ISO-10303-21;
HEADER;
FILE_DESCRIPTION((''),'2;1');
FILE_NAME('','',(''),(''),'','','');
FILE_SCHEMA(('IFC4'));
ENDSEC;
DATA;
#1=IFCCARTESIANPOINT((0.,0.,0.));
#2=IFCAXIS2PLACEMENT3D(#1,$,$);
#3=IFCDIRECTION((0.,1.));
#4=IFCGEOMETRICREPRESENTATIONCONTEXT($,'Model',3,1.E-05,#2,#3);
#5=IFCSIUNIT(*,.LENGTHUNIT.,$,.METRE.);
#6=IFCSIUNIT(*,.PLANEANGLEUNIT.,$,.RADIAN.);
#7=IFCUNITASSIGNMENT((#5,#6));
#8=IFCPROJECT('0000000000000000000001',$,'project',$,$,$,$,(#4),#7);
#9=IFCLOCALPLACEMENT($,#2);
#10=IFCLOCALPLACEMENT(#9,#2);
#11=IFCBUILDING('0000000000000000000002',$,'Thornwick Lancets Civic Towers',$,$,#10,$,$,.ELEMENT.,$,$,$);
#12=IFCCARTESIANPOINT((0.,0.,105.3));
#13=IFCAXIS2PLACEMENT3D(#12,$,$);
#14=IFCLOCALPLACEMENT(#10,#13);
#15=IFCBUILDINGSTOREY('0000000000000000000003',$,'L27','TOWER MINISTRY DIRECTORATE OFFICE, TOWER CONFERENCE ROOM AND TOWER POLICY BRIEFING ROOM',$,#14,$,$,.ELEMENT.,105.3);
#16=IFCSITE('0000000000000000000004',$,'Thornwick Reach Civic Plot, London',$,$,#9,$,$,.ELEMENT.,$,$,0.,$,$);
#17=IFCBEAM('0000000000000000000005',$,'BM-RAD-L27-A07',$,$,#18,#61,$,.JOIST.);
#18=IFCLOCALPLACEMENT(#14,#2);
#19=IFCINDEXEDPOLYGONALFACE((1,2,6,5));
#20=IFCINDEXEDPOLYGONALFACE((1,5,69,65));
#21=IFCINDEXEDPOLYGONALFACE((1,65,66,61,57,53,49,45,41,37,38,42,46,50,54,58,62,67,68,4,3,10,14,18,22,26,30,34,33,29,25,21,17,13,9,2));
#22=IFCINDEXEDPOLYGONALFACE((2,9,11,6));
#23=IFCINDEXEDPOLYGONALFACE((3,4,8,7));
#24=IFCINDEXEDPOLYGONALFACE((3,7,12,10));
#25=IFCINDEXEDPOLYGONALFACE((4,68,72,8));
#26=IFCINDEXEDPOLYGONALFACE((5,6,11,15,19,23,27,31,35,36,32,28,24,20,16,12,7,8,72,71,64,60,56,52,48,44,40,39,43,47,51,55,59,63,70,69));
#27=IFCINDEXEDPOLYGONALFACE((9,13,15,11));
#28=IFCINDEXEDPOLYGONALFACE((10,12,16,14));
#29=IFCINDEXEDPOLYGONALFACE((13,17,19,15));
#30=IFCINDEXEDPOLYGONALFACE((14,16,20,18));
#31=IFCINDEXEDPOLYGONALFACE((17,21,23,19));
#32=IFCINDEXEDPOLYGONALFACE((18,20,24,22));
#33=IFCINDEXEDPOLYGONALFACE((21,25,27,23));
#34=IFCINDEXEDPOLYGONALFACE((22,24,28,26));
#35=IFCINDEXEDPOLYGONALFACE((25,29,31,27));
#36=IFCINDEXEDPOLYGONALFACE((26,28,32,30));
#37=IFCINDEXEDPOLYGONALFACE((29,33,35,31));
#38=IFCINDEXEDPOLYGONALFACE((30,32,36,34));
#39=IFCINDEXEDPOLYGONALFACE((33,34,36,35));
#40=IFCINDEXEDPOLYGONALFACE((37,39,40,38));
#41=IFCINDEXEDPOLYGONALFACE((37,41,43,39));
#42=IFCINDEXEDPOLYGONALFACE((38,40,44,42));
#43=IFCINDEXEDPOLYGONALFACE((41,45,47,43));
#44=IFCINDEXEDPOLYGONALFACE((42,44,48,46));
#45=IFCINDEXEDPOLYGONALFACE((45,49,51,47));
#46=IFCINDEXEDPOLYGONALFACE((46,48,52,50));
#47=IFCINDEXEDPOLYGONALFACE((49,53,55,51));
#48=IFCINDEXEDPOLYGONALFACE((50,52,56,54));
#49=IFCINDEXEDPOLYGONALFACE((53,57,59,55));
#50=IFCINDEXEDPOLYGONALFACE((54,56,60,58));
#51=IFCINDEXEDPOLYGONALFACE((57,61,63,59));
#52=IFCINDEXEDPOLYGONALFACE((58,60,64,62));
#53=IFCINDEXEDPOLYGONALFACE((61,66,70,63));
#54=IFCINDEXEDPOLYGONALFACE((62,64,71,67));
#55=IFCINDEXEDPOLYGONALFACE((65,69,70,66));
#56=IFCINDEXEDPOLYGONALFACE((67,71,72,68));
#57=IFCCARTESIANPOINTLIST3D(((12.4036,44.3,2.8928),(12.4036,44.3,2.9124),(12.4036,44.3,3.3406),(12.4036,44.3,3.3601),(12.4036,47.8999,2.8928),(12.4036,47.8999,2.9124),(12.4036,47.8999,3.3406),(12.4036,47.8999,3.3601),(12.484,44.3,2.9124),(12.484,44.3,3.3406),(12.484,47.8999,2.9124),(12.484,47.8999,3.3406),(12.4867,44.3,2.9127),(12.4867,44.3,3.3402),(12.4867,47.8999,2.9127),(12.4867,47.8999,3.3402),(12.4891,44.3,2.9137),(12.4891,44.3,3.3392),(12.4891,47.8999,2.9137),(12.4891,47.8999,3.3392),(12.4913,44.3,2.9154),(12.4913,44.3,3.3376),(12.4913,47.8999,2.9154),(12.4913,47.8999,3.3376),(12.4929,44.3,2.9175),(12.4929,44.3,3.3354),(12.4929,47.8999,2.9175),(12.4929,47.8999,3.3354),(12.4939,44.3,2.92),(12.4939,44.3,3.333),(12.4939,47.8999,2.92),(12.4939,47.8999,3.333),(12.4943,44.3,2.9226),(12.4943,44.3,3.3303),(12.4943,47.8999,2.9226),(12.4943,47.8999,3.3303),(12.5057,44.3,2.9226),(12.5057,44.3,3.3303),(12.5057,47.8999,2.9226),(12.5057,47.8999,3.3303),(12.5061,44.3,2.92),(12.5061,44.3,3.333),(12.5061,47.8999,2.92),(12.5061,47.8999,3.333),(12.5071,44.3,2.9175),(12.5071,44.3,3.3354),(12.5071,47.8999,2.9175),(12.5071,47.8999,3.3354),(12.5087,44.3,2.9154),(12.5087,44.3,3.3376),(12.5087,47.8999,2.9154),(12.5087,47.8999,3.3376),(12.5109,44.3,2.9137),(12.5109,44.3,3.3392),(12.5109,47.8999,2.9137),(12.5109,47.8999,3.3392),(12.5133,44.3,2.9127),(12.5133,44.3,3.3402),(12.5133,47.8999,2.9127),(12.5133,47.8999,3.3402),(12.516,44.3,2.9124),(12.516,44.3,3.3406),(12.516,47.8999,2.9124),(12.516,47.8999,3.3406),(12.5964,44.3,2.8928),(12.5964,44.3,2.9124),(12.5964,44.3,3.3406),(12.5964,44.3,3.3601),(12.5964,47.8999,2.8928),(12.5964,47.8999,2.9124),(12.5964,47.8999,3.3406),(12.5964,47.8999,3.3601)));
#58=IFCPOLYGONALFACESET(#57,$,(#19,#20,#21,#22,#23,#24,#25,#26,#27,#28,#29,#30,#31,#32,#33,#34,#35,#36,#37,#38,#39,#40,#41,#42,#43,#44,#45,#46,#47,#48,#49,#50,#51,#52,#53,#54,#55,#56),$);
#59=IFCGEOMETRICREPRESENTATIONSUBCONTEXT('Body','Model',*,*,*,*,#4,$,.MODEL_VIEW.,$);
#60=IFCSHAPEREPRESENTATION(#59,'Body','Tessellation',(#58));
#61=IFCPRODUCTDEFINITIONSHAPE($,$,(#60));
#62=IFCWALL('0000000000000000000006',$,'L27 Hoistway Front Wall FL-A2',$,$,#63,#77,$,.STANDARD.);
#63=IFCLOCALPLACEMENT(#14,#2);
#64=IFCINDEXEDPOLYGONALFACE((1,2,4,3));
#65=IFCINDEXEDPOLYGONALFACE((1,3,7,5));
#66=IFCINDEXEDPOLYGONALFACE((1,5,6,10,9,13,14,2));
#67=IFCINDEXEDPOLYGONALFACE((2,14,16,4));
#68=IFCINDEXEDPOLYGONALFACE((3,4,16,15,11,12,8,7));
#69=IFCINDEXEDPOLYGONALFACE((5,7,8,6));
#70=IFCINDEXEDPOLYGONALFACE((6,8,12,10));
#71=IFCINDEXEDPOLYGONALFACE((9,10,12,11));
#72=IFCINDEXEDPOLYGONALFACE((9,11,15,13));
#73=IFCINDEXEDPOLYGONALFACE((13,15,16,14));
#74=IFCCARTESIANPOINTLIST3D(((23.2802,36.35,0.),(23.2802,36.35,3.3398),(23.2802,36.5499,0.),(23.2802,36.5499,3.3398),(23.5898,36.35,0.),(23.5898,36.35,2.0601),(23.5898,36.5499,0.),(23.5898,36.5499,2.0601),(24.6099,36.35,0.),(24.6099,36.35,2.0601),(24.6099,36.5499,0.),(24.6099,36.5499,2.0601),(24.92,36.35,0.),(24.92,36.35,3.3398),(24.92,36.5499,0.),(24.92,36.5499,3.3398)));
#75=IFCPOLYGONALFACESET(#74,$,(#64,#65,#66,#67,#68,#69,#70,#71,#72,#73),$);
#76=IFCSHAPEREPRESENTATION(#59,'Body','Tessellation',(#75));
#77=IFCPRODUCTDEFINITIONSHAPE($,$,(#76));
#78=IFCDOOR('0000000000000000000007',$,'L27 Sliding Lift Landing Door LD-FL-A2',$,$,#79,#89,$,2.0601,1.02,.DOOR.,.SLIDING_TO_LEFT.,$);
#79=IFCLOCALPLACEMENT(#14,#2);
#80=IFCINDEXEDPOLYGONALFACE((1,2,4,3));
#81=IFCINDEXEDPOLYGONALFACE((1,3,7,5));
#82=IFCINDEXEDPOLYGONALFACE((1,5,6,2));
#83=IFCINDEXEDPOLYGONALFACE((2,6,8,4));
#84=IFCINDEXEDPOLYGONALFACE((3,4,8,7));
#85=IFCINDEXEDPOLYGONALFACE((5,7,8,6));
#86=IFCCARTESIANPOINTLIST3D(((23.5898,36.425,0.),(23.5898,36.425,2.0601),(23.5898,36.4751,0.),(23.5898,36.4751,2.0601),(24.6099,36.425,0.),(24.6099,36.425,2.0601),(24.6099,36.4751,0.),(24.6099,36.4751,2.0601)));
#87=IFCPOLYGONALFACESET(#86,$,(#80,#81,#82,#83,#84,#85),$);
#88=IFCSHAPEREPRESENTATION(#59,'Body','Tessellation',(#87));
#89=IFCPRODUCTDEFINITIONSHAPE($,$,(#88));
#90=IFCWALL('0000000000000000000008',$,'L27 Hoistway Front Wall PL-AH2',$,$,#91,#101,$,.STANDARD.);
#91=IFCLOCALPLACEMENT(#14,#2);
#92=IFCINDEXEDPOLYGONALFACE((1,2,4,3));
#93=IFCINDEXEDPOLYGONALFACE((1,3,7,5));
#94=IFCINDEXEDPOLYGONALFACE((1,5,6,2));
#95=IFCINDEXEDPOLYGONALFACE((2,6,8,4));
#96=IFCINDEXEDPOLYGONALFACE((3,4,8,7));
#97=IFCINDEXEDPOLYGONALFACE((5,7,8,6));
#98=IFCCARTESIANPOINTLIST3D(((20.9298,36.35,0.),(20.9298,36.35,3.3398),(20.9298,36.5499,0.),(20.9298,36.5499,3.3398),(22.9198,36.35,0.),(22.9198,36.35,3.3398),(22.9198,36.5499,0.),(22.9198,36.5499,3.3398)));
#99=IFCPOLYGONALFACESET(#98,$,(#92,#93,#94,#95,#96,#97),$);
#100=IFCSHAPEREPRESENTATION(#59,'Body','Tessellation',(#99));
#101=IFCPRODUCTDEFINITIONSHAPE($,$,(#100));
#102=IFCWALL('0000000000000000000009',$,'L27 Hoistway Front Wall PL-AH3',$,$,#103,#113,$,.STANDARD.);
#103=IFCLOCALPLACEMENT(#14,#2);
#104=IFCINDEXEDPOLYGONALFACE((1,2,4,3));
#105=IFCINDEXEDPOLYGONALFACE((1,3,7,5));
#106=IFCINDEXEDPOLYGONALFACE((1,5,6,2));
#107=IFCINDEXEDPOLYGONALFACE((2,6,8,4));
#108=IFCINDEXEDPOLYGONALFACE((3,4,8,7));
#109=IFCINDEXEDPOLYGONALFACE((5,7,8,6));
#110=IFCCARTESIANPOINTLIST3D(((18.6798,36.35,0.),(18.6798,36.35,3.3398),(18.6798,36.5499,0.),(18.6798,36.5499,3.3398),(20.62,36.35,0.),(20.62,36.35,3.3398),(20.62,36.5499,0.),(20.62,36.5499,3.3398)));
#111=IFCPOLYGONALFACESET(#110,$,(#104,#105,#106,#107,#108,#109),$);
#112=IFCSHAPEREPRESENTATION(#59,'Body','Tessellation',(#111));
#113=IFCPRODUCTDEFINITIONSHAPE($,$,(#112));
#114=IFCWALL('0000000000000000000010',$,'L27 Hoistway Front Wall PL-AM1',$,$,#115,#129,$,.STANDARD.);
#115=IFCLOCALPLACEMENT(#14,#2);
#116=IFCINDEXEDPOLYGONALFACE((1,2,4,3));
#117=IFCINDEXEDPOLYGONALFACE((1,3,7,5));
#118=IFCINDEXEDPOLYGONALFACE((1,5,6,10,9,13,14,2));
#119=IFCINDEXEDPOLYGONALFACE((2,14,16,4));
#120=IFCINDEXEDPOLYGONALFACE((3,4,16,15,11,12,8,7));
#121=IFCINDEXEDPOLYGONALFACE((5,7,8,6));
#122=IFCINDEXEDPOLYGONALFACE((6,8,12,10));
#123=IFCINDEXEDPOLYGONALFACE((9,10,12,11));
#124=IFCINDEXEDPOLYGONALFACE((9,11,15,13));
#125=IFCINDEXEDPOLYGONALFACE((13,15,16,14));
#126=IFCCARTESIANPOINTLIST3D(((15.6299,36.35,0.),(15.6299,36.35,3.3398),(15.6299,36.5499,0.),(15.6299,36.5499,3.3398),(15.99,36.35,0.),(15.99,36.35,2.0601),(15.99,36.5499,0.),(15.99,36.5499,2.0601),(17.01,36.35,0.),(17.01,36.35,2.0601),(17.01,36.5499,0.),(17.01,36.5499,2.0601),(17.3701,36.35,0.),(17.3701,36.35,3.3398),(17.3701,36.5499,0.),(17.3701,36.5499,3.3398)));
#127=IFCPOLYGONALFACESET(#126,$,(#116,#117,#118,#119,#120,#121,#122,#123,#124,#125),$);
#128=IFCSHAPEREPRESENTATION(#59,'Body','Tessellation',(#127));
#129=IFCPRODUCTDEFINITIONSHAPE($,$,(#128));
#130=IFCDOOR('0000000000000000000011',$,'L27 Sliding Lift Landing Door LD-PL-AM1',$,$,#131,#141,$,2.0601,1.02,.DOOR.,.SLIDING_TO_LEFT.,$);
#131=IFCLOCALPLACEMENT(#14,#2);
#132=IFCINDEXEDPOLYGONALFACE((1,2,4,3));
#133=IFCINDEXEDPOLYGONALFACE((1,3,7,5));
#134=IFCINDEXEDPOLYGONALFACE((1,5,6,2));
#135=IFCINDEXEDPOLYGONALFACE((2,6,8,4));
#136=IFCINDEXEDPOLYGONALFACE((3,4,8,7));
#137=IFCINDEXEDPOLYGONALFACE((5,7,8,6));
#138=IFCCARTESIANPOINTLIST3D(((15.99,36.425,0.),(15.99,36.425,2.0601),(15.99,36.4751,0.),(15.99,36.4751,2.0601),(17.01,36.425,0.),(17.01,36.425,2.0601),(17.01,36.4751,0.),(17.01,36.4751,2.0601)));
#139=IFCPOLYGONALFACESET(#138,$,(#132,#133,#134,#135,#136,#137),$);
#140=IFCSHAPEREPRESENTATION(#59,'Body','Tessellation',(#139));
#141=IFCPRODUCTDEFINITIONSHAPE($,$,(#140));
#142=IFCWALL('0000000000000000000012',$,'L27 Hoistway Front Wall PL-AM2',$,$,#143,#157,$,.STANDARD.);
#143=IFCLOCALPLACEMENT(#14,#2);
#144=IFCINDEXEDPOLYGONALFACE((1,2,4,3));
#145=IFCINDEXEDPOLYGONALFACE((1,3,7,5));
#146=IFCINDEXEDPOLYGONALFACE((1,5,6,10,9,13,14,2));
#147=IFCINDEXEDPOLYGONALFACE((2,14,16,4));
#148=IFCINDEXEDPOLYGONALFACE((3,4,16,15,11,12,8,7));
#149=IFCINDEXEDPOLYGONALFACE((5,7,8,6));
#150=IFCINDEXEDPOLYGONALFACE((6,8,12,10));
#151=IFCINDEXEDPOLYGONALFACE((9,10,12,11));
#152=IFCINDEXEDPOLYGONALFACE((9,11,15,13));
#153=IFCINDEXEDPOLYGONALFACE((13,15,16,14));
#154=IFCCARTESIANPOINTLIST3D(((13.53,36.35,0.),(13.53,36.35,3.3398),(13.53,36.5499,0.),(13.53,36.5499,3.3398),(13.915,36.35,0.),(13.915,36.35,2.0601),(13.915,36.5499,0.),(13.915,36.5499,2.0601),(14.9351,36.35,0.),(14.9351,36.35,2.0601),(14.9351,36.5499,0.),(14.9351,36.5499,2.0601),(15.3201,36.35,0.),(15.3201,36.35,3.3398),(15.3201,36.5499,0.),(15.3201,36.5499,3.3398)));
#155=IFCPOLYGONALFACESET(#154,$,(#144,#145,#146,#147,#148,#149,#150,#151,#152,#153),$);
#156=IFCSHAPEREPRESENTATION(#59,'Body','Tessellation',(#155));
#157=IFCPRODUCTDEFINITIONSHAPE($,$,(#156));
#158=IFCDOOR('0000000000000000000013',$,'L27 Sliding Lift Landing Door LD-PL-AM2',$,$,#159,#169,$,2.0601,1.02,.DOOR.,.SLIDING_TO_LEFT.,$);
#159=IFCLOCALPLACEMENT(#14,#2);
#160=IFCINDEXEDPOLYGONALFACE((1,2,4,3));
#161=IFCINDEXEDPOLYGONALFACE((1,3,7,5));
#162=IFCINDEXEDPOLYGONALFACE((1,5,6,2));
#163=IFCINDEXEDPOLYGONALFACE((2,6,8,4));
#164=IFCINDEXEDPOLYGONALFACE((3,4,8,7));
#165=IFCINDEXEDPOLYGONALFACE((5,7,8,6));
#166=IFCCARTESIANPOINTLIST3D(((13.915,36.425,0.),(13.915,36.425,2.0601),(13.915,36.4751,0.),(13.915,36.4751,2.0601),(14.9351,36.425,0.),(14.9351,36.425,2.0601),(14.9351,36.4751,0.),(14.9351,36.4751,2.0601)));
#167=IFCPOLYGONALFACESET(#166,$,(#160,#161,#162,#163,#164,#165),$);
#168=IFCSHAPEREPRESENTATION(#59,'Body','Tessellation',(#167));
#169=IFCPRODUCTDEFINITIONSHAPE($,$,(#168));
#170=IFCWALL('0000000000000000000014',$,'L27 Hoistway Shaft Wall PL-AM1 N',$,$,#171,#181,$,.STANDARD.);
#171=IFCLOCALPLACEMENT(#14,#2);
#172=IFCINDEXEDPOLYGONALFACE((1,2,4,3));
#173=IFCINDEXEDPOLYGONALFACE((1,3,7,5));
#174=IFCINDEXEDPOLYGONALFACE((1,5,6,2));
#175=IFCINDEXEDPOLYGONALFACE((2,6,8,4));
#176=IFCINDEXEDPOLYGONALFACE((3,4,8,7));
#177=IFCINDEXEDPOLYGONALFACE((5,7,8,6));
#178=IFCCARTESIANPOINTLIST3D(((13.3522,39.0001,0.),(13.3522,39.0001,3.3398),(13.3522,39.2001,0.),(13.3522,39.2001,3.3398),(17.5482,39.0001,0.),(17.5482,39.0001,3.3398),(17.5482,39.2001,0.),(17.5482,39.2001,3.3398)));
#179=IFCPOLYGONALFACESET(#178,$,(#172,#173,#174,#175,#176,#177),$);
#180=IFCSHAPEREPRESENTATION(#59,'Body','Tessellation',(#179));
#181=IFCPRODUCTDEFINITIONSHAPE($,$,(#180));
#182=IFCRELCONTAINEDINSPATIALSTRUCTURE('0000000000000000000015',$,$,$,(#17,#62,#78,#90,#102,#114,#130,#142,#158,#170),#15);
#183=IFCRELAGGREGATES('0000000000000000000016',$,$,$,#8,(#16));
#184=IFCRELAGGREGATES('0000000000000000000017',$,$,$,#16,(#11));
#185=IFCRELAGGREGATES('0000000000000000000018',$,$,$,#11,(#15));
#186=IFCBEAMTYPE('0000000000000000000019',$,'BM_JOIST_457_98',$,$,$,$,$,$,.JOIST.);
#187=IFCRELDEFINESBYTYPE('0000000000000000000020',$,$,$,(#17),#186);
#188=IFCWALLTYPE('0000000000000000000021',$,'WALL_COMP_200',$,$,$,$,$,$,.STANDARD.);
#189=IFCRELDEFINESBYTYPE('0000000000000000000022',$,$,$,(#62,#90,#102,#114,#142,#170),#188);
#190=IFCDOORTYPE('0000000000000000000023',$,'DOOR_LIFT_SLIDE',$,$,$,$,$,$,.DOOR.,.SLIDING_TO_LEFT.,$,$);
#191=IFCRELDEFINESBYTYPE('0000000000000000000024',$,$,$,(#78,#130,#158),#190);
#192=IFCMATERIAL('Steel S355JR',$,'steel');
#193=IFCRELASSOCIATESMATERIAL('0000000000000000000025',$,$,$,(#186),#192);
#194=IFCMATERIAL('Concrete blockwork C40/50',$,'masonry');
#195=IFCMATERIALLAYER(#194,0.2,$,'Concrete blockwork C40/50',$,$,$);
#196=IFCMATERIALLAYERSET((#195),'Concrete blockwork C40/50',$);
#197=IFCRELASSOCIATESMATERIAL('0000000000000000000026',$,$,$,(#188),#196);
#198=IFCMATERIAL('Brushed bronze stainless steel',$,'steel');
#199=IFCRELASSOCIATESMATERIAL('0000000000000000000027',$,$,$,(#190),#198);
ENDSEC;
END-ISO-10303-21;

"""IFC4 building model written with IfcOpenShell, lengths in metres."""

from ifc_helpers import new_model, si_unit, direction, frame, frame_2d, origin, origin_2d, place, context, subcontext, project, spatial, rectangle, i_section, extrude, material, layer, layer_set, material_profile, profile_set, type_object, element, fill, save


model = new_model("IFC4")

# Units and contexts
model_context = context("Model", 3, precision=1e-05, world=origin(), true_north=direction((0.0, 1.0)))
body_context = subcontext(model_context, "Body", "Model", "MODEL_VIEW")
ifc_project = project(units=[si_unit("LENGTHUNIT", "METRE"), si_unit("PLANEANGLEUNIT", "RADIAN")], contexts=[model_context])

# Site, building, storey
site_placement = place(None, origin())
site = spatial("IfcSite", under=ifc_project, at=site_placement, Name="Thornwick Reach Civic Plot, London", CompositionType="ELEMENT", RefElevation=0.0)
building_placement = place(site_placement, origin())
building = spatial("IfcBuilding", under=site, at=building_placement, Name="Thornwick Lancets Civic Towers", CompositionType="ELEMENT")
storey_placement = place(building_placement, frame((0.0, 0.0, 105.3)))
storey = spatial("IfcBuildingStorey", under=building, at=storey_placement, Name="L27", Description="TOWER MINISTRY DIRECTORATE OFFICE, TOWER CONFERENCE ROOM AND TOWER POLICY BRIEFING ROOM", CompositionType="ELEMENT", Elevation=105.3)

# Beam
ifc_material_1 = material(Name="Steel S355JR", Category="steel")
ifc_material_profile_1 = material_profile(ifc_material_1, i_section(OverallWidth=0.1929, OverallDepth=0.4673, WebThickness=0.0115, FlangeThickness=0.0195, FilletRadius=0.0103, at=origin_2d()), Name="UKB 457x191x98")
ifc_profile_set_1 = profile_set([ifc_material_profile_1], Name="Steel S355JR")
beam_type_1 = type_object("IfcBeamType", Name="BM_JOIST_457_98", PredefinedType="JOIST", material=ifc_profile_set_1)
beam_1_placement = place(storey_placement, frame((12.5, 44.3, 3.1265), z_axis=(0.0, 1.0, 0.0), x_axis=(-1.0, 0.0, 0.0)))
element("IfcBeam", 1, at=beam_1_placement, inside=storey, type_object=beam_type_1, Name="BM-RAD-L27-A07", PredefinedType="JOIST", context=body_context, shape_type="SweptSolid", body=[
    extrude(i_section(OverallWidth=0.1929, OverallDepth=0.4673, WebThickness=0.0115, FlangeThickness=0.0195, FilletRadius=0.0103, at=origin_2d()), origin(), (0.0, 0.0, 1.0), 3.5999),
])

# Wall, opening, door
ifc_material_2 = material(Name="Concrete blockwork C40/50", Category="masonry")
ifc_layer_1 = layer(ifc_material_2, 0.2, Name="Concrete blockwork C40/50")
ifc_layer_set_1 = layer_set([ifc_layer_1], Name="Concrete blockwork C40/50")
wall_type_1 = type_object("IfcWallType", Name="WALL_COMP_200", PredefinedType="STANDARD", material=ifc_layer_set_1)
wall_1_placement = place(storey_placement, frame((24.9199, 36.45, 0.0), z_axis=(0.0, 0.0, 1.0), x_axis=(-1.0, 0.0, 0.0)))
wall_1 = element("IfcWall", 2, at=wall_1_placement, inside=storey, type_object=wall_type_1, Name="L27 Hoistway Front Wall FL-A2", PredefinedType="STANDARD", context=body_context, shape_type="SweptSolid", body=[
    extrude(rectangle(XDim=1.6399, YDim=0.2, at=frame_2d((0.8198, 0.0))), origin(), (0.0, 0.0, 1.0), 3.3398),
])
opening_1_placement = place(wall_1_placement, frame((0.3101, 0.0, 0.0)))
opening_1 = element("IfcOpeningElement", 3, at=opening_1_placement, cuts=wall_1, PredefinedType="OPENING", context=body_context, shape_type="SweptSolid", body=[
    extrude(rectangle(XDim=1.02, YDim=2.0601, at=frame_2d((0.51, 1.03))), frame((0.0, 0.1099, 0.0), z_axis=(0.0, -1.0, 0.0), x_axis=(1.0, 0.0, 0.0)), (0.0, 0.0, 1.0), 0.22),
])
ifc_material_3 = material(Name="Brushed bronze stainless steel", Category="steel")
door_type = type_object("IfcDoorType", Name="DOOR_LIFT_SLIDE", OperationType="SLIDING_TO_LEFT", PredefinedType="DOOR", material=ifc_material_3)
door_1_placement = place(opening_1_placement, origin())
door_1 = element("IfcDoor", 4, at=door_1_placement, inside=storey, type_object=door_type, Name="L27 Sliding Lift Landing Door LD-FL-A2", OperationType="SLIDING_TO_LEFT", OverallHeight=2.0601, OverallWidth=1.02, PredefinedType="DOOR", context=body_context, shape_type="SweptSolid", body=[
    extrude(rectangle(XDim=1.02, YDim=2.0601, at=frame_2d((0.51, 1.03))), frame((0.0, 0.0249, 0.0), z_axis=(0.0, -1.0, 0.0), x_axis=(1.0, 0.0, 0.0)), (0.0, 0.0, 1.0), 0.05),
])
fill(opening_1, door_1)

# Walls
wall_2_placement = place(storey_placement, frame((22.9199, 36.45, 0.0), z_axis=(0.0, 0.0, 1.0), x_axis=(-1.0, 0.0, 0.0)))
element("IfcWall", 5, at=wall_2_placement, inside=storey, type_object=wall_type_1, Name="L27 Hoistway Front Wall PL-AH2", PredefinedType="STANDARD", context=body_context, shape_type="SweptSolid", body=[
    extrude(rectangle(XDim=1.99, YDim=0.2, at=frame_2d((0.9951, 0.0))), origin(), (0.0, 0.0, 1.0), 3.3398),
])
wall_3_placement = place(storey_placement, frame((20.6201, 36.45, 0.0), z_axis=(0.0, 0.0, 1.0), x_axis=(-1.0, 0.0, 0.0)))
element("IfcWall", 6, at=wall_3_placement, inside=storey, type_object=wall_type_1, Name="L27 Hoistway Front Wall PL-AH3", PredefinedType="STANDARD", context=body_context, shape_type="SweptSolid", body=[
    extrude(rectangle(XDim=1.9402, YDim=0.2, at=frame_2d((0.9702, 0.0))), origin(), (0.0, 0.0, 1.0), 3.3398),
])

# Walls, openings, doors
wall_4_placement = place(storey_placement, frame((17.3701, 36.45, 0.0), z_axis=(0.0, 0.0, 1.0), x_axis=(-1.0, 0.0, 0.0)))
wall_4 = element("IfcWall", 7, at=wall_4_placement, inside=storey, type_object=wall_type_1, Name="L27 Hoistway Front Wall PL-AM1", PredefinedType="STANDARD", context=body_context, shape_type="SweptSolid", body=[
    extrude(rectangle(XDim=1.7402, YDim=0.2, at=frame_2d((0.8701, 0.0))), origin(), (0.0, 0.0, 1.0), 3.3398),
])
opening_2_placement = place(wall_4_placement, frame((0.3601, 0.0, 0.0)))
opening_2 = element("IfcOpeningElement", 8, at=opening_2_placement, cuts=wall_4, PredefinedType="OPENING", context=body_context, shape_type="SweptSolid", body=[
    extrude(rectangle(XDim=1.02, YDim=2.0601, at=frame_2d((0.51, 1.03))), frame((0.0, 0.1099, 0.0), z_axis=(0.0, -1.0, 0.0), x_axis=(1.0, 0.0, 0.0)), (0.0, 0.0, 1.0), 0.22),
])
door_2_placement = place(opening_2_placement, origin())
door_2 = element("IfcDoor", 9, at=door_2_placement, inside=storey, type_object=door_type, Name="L27 Sliding Lift Landing Door LD-PL-AM1", OperationType="SLIDING_TO_LEFT", OverallHeight=2.0601, OverallWidth=1.02, PredefinedType="DOOR", context=body_context, shape_type="SweptSolid", body=[
    extrude(rectangle(XDim=1.02, YDim=2.0601, at=frame_2d((0.51, 1.03))), frame((0.0, 0.0249, 0.0), z_axis=(0.0, -1.0, 0.0), x_axis=(1.0, 0.0, 0.0)), (0.0, 0.0, 1.0), 0.05),
])
fill(opening_2, door_2)
wall_5_placement = place(storey_placement, frame((15.3201, 36.45, 0.0), z_axis=(0.0, 0.0, 1.0), x_axis=(-1.0, 0.0, 0.0)))
wall_5 = element("IfcWall", 10, at=wall_5_placement, inside=storey, type_object=wall_type_1, Name="L27 Hoistway Front Wall PL-AM2", PredefinedType="STANDARD", context=body_context, shape_type="SweptSolid", body=[
    extrude(rectangle(XDim=1.79, YDim=0.2, at=frame_2d((0.895, 0.0))), origin(), (0.0, 0.0, 1.0), 3.3398),
])
opening_3_placement = place(wall_5_placement, frame((0.385, 0.0, 0.0)))
opening_3 = element("IfcOpeningElement", 11, at=opening_3_placement, cuts=wall_5, PredefinedType="OPENING", context=body_context, shape_type="SweptSolid", body=[
    extrude(rectangle(XDim=1.02, YDim=2.0601, at=frame_2d((0.51, 1.03))), frame((0.0, 0.1099, 0.0), z_axis=(0.0, -1.0, 0.0), x_axis=(1.0, 0.0, 0.0)), (0.0, 0.0, 1.0), 0.22),
])
door_3_placement = place(opening_3_placement, origin())
door_3 = element("IfcDoor", 12, at=door_3_placement, inside=storey, type_object=door_type, Name="L27 Sliding Lift Landing Door LD-PL-AM2", OperationType="SLIDING_TO_LEFT", OverallHeight=2.0601, OverallWidth=1.02, PredefinedType="DOOR", context=body_context, shape_type="SweptSolid", body=[
    extrude(rectangle(XDim=1.02, YDim=2.0601, at=frame_2d((0.51, 1.03))), frame((0.0, 0.0249, 0.0), z_axis=(0.0, -1.0, 0.0), x_axis=(1.0, 0.0, 0.0)), (0.0, 0.0, 1.0), 0.05),
])
fill(opening_3, door_3)

# Wall
wall_6_placement = place(storey_placement, frame((13.3521, 39.1001, 0.0), z_axis=(0.0, 0.0, 1.0), x_axis=(1.0, 0.0, 0.0)))
element("IfcWall", 13, at=wall_6_placement, inside=storey, type_object=wall_type_1, Name="L27 Hoistway Shaft Wall PL-AM1 N", PredefinedType="STANDARD", context=body_context, shape_type="SweptSolid", body=[
    extrude(rectangle(XDim=4.196, YDim=0.2, at=frame_2d((2.0981, 0.0))), origin(), (0.0, 0.0, 1.0), 3.3398),
])

save(model, "model.ifc")
